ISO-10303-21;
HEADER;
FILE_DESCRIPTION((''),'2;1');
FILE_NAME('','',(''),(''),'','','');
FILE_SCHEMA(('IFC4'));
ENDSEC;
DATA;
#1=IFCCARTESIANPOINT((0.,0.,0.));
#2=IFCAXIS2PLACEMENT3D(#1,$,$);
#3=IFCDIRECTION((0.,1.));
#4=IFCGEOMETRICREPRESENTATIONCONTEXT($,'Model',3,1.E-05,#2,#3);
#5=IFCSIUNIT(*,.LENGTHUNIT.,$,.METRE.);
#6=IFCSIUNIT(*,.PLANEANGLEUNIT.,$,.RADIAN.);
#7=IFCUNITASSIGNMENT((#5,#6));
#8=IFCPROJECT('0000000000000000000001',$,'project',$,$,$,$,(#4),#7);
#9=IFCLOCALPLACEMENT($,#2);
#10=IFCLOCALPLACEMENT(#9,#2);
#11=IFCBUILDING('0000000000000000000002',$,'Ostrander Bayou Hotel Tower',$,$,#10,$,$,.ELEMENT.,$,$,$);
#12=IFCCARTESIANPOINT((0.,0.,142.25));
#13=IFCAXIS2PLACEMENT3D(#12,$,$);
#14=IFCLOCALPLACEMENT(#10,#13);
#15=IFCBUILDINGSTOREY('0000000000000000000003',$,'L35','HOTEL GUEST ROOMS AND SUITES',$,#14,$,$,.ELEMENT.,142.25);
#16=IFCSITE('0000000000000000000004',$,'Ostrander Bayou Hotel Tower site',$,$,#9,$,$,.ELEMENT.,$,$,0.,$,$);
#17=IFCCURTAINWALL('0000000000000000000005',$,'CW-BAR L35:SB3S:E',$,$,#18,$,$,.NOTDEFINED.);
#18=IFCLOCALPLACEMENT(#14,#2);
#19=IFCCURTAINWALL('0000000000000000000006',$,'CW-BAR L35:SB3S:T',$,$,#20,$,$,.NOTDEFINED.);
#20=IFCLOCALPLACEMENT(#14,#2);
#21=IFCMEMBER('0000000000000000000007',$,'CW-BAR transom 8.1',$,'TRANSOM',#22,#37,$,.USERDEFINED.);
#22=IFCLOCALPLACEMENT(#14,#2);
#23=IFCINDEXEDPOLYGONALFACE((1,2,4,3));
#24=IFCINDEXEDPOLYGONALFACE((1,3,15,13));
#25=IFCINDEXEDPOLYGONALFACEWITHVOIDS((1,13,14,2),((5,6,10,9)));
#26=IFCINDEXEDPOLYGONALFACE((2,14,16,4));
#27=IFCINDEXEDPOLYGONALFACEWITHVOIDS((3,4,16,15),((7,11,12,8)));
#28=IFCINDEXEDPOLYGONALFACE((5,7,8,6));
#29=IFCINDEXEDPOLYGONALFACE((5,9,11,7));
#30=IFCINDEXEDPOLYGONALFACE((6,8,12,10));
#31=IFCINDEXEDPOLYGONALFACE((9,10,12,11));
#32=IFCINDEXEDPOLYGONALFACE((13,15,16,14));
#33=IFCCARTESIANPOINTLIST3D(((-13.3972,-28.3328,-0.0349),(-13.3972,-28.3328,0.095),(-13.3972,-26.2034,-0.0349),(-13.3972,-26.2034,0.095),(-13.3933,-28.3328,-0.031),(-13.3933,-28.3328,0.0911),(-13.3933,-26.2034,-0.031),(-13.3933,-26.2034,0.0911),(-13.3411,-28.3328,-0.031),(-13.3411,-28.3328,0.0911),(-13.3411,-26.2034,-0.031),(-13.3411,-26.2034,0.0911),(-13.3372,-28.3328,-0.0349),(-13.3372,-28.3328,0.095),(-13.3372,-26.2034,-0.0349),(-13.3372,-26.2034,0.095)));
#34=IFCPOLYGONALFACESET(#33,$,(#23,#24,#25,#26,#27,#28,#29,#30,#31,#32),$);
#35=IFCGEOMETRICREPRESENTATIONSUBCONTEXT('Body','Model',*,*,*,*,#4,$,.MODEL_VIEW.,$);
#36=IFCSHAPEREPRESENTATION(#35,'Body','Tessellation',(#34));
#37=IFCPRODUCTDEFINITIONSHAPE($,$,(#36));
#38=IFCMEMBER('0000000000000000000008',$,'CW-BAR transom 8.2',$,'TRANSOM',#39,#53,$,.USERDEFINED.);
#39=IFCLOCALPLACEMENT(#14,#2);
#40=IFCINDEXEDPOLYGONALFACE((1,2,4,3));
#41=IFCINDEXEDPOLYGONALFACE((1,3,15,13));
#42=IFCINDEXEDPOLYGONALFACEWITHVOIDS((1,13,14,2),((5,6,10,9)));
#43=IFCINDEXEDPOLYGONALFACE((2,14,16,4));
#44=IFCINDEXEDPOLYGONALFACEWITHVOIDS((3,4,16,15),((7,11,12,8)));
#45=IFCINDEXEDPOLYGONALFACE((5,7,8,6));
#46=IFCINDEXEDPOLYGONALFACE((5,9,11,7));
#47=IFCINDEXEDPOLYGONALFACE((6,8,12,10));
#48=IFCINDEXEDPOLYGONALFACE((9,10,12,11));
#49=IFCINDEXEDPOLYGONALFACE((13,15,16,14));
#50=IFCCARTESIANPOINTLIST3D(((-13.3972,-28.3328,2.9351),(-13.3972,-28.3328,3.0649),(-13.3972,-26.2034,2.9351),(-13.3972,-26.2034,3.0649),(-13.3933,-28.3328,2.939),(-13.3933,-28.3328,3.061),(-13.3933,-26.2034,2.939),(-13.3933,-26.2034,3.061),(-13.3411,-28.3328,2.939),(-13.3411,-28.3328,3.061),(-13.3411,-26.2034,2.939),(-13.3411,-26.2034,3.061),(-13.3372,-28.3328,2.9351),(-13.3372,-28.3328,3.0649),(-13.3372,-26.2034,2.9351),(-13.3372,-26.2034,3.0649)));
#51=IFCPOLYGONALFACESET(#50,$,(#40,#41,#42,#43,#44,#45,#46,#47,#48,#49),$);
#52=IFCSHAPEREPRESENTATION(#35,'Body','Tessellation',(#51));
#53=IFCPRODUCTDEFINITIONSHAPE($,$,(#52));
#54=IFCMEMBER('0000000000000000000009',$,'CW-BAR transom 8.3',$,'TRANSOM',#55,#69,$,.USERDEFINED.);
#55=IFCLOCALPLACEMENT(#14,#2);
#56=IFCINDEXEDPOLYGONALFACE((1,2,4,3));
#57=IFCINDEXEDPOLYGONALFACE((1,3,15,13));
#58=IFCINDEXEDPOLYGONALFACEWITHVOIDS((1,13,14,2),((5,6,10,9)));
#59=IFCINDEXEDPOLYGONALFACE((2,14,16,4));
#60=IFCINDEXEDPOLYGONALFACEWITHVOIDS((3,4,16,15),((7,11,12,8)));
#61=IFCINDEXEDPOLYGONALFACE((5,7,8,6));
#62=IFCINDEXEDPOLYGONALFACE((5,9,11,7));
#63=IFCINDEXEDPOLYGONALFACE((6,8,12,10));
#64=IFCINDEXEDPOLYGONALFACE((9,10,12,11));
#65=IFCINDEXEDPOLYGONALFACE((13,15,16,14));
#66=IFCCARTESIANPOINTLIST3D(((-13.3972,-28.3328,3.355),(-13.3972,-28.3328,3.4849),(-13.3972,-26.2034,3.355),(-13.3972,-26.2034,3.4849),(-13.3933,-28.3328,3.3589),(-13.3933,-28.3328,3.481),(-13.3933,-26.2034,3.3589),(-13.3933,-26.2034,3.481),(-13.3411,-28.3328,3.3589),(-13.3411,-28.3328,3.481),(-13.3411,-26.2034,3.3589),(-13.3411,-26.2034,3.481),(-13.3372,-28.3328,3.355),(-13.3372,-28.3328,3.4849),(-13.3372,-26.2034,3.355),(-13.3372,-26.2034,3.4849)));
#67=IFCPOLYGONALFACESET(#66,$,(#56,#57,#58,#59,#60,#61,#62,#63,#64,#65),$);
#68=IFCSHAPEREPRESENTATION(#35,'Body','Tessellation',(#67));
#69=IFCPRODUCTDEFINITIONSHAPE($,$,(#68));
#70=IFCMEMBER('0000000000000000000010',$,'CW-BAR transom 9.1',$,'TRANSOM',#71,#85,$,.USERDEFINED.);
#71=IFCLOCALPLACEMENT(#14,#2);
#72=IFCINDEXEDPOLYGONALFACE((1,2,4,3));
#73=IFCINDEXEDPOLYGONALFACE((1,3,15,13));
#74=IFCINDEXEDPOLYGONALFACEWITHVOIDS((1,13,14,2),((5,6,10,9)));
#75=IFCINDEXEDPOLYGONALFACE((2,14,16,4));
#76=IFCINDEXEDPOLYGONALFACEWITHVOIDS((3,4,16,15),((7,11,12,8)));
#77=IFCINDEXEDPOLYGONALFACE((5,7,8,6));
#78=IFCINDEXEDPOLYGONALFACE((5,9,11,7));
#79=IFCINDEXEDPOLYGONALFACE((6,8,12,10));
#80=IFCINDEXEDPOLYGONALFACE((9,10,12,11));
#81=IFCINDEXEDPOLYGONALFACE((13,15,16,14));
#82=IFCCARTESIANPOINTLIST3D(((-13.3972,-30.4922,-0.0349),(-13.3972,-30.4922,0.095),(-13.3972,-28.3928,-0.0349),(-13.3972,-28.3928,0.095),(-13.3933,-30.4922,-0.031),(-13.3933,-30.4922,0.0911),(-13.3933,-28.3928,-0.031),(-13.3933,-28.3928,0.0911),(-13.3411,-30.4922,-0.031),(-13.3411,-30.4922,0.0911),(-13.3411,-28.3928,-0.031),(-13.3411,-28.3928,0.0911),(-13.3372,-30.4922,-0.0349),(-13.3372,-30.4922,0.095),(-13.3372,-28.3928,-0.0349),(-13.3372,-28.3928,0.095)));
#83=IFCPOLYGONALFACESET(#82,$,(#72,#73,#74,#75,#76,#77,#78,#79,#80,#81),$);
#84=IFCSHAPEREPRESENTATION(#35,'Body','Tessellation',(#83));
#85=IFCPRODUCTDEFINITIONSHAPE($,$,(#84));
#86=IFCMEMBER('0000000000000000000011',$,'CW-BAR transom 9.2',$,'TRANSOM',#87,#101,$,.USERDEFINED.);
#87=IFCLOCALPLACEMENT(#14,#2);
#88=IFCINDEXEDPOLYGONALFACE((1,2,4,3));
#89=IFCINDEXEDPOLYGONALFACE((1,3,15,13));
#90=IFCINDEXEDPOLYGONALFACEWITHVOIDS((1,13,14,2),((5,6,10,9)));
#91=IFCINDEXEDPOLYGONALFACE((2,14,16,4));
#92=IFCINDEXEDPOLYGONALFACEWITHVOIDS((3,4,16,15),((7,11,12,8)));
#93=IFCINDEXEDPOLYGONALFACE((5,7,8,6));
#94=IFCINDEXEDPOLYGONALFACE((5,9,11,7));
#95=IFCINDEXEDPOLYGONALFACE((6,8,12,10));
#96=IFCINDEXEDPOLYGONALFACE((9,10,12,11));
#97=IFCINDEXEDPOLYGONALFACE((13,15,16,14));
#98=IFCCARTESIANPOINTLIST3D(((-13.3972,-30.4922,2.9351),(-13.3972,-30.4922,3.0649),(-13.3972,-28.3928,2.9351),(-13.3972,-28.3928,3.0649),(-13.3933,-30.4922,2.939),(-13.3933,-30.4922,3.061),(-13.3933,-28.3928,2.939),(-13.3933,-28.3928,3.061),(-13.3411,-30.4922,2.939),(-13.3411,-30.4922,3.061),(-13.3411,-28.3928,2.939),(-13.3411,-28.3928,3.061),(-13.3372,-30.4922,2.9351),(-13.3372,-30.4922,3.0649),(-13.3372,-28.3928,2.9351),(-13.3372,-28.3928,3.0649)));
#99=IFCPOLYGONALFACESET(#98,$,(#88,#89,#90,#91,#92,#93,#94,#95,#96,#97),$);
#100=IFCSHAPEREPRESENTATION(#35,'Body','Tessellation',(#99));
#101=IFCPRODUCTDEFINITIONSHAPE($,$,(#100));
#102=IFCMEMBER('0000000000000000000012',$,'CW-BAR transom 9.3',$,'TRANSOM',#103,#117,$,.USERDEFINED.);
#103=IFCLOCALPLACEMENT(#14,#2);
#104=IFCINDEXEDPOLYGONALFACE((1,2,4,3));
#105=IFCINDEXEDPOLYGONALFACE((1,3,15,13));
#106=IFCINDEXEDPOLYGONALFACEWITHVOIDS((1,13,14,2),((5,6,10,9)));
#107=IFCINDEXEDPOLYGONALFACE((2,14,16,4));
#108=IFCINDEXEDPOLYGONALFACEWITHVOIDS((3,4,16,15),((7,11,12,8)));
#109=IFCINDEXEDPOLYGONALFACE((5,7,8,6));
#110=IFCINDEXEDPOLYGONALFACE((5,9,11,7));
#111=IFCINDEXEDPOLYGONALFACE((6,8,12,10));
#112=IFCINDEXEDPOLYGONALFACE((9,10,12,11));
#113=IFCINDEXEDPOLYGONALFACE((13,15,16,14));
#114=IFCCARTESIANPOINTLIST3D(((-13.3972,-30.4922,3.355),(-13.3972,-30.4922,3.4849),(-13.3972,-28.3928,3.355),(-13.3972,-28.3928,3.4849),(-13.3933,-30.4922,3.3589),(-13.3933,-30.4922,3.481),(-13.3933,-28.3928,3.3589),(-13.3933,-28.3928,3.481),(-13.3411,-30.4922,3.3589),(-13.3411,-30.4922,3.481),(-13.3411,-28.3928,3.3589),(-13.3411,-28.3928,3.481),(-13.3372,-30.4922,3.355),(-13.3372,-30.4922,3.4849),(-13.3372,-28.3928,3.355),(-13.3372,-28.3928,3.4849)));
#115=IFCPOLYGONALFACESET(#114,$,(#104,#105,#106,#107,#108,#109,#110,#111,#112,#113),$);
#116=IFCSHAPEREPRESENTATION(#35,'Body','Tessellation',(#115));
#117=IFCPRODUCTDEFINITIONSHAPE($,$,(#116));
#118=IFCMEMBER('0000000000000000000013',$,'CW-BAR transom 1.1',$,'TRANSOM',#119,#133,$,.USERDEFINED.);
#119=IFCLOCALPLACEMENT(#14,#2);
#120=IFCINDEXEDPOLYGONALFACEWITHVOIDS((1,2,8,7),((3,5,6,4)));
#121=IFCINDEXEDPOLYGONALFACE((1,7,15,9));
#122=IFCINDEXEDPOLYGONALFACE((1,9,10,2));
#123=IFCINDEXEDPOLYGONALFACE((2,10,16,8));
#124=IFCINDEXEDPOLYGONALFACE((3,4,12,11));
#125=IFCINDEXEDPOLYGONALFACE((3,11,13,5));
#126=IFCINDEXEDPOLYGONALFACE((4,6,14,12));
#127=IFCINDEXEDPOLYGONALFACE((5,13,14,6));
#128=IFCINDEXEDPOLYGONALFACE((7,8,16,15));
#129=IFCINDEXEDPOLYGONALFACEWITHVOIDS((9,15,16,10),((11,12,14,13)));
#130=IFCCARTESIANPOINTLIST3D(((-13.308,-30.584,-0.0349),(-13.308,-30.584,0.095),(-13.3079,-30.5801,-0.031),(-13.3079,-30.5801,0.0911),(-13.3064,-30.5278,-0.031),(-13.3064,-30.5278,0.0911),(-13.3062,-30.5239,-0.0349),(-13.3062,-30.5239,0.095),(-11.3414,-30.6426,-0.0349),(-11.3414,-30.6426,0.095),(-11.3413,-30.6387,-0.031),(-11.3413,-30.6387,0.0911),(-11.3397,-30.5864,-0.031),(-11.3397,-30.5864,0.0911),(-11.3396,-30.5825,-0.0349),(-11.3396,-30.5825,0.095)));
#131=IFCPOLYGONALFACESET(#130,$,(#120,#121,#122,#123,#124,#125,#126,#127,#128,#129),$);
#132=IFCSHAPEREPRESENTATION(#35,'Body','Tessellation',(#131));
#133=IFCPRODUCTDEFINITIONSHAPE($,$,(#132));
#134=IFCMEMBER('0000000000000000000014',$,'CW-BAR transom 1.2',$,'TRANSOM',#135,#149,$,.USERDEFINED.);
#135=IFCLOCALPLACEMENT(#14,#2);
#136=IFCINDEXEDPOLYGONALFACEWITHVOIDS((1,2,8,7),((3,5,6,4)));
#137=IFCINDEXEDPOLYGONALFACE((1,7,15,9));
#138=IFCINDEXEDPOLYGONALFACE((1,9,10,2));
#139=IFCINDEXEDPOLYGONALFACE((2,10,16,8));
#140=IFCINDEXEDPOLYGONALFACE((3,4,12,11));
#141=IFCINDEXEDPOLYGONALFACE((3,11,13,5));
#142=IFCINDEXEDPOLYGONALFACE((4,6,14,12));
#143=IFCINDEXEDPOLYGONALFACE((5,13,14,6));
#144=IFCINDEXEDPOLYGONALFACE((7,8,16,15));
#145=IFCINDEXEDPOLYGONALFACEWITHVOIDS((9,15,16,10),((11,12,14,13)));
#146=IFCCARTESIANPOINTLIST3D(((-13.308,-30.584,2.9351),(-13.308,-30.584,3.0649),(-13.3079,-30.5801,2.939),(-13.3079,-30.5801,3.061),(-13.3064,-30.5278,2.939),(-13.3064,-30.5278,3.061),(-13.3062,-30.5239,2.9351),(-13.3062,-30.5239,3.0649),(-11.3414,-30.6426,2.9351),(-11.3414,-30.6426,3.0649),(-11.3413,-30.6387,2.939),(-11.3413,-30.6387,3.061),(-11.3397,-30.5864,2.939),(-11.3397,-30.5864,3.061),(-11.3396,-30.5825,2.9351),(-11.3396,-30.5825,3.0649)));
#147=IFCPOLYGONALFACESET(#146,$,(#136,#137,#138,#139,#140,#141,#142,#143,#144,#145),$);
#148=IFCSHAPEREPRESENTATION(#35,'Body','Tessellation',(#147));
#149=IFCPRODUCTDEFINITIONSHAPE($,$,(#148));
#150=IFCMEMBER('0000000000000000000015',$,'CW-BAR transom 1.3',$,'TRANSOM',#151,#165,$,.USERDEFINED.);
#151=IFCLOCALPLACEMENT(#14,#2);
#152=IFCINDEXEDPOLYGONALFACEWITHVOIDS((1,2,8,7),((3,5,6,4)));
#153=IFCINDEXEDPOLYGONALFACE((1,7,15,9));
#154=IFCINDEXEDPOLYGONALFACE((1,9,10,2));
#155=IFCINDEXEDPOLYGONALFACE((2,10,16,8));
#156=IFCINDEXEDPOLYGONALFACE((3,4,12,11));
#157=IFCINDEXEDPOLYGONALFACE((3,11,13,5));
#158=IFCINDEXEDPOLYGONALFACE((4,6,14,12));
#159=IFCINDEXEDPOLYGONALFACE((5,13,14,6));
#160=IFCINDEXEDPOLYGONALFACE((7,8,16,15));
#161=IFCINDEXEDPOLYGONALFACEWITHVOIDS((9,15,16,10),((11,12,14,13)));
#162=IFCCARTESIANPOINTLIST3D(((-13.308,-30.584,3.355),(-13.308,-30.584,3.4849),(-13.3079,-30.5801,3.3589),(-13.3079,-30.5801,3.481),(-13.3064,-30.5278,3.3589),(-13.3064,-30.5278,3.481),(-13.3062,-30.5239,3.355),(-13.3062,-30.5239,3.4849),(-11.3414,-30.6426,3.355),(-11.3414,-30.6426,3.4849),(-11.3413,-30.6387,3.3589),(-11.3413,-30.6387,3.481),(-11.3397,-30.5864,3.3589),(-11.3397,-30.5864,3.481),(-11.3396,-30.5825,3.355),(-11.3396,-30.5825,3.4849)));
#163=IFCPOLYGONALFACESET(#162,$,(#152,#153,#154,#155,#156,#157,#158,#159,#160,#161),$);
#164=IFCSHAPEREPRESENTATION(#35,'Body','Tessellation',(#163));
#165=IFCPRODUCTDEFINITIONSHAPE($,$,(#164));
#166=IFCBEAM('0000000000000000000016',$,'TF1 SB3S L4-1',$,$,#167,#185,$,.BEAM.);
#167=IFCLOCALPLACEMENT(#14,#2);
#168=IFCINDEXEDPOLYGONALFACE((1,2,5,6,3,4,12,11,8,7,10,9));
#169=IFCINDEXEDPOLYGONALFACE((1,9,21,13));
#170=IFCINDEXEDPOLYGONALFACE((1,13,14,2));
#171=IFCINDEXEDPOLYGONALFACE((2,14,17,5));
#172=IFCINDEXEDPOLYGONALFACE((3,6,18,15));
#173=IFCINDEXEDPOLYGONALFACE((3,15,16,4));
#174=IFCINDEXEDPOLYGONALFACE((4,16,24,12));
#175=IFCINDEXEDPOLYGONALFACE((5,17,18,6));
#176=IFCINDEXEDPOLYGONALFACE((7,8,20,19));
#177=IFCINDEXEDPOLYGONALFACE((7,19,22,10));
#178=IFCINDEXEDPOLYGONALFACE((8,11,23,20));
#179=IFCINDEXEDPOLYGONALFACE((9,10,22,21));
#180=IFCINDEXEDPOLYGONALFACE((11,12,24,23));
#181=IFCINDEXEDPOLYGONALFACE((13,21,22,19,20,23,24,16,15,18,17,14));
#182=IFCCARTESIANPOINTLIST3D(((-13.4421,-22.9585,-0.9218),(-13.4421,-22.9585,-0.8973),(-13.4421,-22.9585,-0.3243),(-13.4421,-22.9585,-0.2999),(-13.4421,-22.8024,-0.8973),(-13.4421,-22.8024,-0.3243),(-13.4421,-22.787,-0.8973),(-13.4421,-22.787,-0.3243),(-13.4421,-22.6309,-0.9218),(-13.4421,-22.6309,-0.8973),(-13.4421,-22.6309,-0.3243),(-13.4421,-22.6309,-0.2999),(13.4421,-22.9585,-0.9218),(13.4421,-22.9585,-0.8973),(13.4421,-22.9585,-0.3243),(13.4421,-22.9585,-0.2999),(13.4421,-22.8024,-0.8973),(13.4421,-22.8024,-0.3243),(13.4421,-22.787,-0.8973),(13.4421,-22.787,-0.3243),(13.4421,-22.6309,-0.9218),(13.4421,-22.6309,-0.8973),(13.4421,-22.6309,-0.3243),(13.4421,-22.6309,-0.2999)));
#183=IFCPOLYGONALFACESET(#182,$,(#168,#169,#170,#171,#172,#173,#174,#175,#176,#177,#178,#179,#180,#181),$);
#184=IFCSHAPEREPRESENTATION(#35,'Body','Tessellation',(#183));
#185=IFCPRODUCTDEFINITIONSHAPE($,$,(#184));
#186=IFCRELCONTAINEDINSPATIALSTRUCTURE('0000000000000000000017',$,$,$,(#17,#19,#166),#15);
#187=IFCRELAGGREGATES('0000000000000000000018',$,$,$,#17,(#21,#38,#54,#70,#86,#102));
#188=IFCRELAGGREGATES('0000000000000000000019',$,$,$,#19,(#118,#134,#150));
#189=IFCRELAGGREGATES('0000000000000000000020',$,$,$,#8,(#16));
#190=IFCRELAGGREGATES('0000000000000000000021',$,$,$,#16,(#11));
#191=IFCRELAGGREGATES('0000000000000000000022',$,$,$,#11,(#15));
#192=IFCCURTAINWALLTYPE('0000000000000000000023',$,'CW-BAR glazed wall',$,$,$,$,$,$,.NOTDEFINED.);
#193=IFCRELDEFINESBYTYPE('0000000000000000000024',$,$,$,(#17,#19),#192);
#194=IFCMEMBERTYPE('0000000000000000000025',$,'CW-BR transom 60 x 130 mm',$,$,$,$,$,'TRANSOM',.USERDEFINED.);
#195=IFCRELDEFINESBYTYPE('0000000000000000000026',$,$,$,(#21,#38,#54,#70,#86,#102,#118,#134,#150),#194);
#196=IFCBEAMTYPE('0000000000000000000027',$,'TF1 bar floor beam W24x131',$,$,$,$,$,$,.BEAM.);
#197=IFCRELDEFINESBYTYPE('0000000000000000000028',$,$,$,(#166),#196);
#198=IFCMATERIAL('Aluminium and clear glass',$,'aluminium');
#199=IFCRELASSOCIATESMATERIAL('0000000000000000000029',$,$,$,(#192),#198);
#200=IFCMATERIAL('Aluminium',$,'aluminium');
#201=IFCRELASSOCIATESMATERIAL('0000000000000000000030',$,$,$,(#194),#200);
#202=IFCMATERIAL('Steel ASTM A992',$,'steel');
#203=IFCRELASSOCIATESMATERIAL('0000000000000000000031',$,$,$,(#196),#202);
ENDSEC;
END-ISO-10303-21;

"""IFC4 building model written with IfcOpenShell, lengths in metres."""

from ifc_helpers import new_model, si_unit, direction, frame, origin, origin_2d, place, context, subcontext, project, spatial, hollow_rectangle, i_section, extrude, material, material_profile, profile_set, type_object, element, aggregate, save


model = new_model("IFC4")

# Units and contexts
model_context = context("Model", 3, precision=1e-05, world=origin(), true_north=direction((0.0, 1.0)))
body_context = subcontext(model_context, "Body", "Model", "MODEL_VIEW")
ifc_project = project(units=[si_unit("LENGTHUNIT", "METRE"), si_unit("PLANEANGLEUNIT", "RADIAN")], contexts=[model_context])

# Site, building, storey
site_placement = place(None, origin())
site = spatial("IfcSite", under=ifc_project, at=site_placement, Name="Ostrander Bayou Hotel Tower site", CompositionType="ELEMENT", RefElevation=0.0)
building_placement = place(site_placement, origin())
building = spatial("IfcBuilding", under=site, at=building_placement, Name="Ostrander Bayou Hotel Tower", CompositionType="ELEMENT")
storey_placement = place(building_placement, frame((0.0, 0.0, 142.25)))
storey = spatial("IfcBuildingStorey", under=building, at=storey_placement, Name="L35", Description="HOTEL GUEST ROOMS AND SUITES", CompositionType="ELEMENT", Elevation=142.25)

# Curtain wall
ifc_material_1 = material(Name="Aluminium and clear glass", Category="aluminium")
curtain_wall_type = type_object("IfcCurtainWallType", Name="CW-BAR glazed wall", PredefinedType="NOTDEFINED", material=ifc_material_1)
curtain_wall_1_placement = place(storey_placement, origin())
curtain_wall_1 = element("IfcCurtainWall", 1, at=curtain_wall_1_placement, inside=storey, type_object=curtain_wall_type, Name="CW-BAR L35:SB3S:E", PredefinedType="NOTDEFINED")

# Curtain wall
curtain_wall_2_placement = place(storey_placement, origin())
curtain_wall_2 = element("IfcCurtainWall", 2, at=curtain_wall_2_placement, inside=storey, type_object=curtain_wall_type, Name="CW-BAR L35:SB3S:T", PredefinedType="NOTDEFINED")

# Members
ifc_material_2 = material(Name="Aluminium", Category="aluminium")
ifc_material_profile_1 = material_profile(ifc_material_2, hollow_rectangle(XDim=0.0601, YDim=0.1299, WallThickness=0.0039, at=origin_2d()))
ifc_profile_set_1 = profile_set([ifc_material_profile_1], Name="Aluminium")
member_type_1 = type_object("IfcMemberType", Name="CW-BR transom 60 x 130 mm", ElementType="TRANSOM", PredefinedType="USERDEFINED", material=ifc_profile_set_1)
member_1_placement = place(storey_placement, frame((-13.3672, -26.2034, 0.03), z_axis=(0.0, -1.0, 0.0), x_axis=(1.0, 0.0, 0.0)))
member_1 = element("IfcMember", 3, at=member_1_placement, type_object=member_type_1, Name="CW-BAR transom 8.1", ObjectType="TRANSOM", PredefinedType="USERDEFINED", context=body_context, shape_type="SweptSolid", body=[
    extrude(hollow_rectangle(XDim=0.0601, YDim=0.1299, WallThickness=0.0039, at=origin_2d()), origin(), (0.0, 0.0, 1.0), 2.1294),
])
member_2_placement = place(storey_placement, frame((-13.3672, -26.2034, 3.0), z_axis=(0.0, -1.0, 0.0), x_axis=(1.0, 0.0, 0.0)))
member_2 = element("IfcMember", 4, at=member_2_placement, type_object=member_type_1, Name="CW-BAR transom 8.2", ObjectType="TRANSOM", PredefinedType="USERDEFINED", context=body_context, shape_type="SweptSolid", body=[
    extrude(hollow_rectangle(XDim=0.0601, YDim=0.1299, WallThickness=0.0039, at=origin_2d()), origin(), (0.0, 0.0, 1.0), 2.1294),
])
member_3_placement = place(storey_placement, frame((-13.3672, -26.2034, 3.4199), z_axis=(0.0, -1.0, 0.0), x_axis=(1.0, 0.0, 0.0)))
member_3 = element("IfcMember", 5, at=member_3_placement, type_object=member_type_1, Name="CW-BAR transom 8.3", ObjectType="TRANSOM", PredefinedType="USERDEFINED", context=body_context, shape_type="SweptSolid", body=[
    extrude(hollow_rectangle(XDim=0.0601, YDim=0.1299, WallThickness=0.0039, at=origin_2d()), origin(), (0.0, 0.0, 1.0), 2.1294),
])
member_4_placement = place(storey_placement, frame((-13.3672, -28.3928, 0.03), z_axis=(0.0, -1.0, 0.0), x_axis=(1.0, 0.0, 0.0)))
member_4 = element("IfcMember", 6, at=member_4_placement, type_object=member_type_1, Name="CW-BAR transom 9.1", ObjectType="TRANSOM", PredefinedType="USERDEFINED", context=body_context, shape_type="SweptSolid", body=[
    extrude(hollow_rectangle(XDim=0.0601, YDim=0.1299, WallThickness=0.0039, at=origin_2d()), origin(), (0.0, 0.0, 1.0), 2.0994),
])
member_5_placement = place(storey_placement, frame((-13.3672, -28.3928, 3.0), z_axis=(0.0, -1.0, 0.0), x_axis=(1.0, 0.0, 0.0)))
member_5 = element("IfcMember", 7, at=member_5_placement, type_object=member_type_1, Name="CW-BAR transom 9.2", ObjectType="TRANSOM", PredefinedType="USERDEFINED", context=body_context, shape_type="SweptSolid", body=[
    extrude(hollow_rectangle(XDim=0.0601, YDim=0.1299, WallThickness=0.0039, at=origin_2d()), origin(), (0.0, 0.0, 1.0), 2.0994),
])
member_6_placement = place(storey_placement, frame((-13.3672, -28.3928, 3.4199), z_axis=(0.0, -1.0, 0.0), x_axis=(1.0, 0.0, 0.0)))
member_6 = element("IfcMember", 8, at=member_6_placement, type_object=member_type_1, Name="CW-BAR transom 9.3", ObjectType="TRANSOM", PredefinedType="USERDEFINED", context=body_context, shape_type="SweptSolid", body=[
    extrude(hollow_rectangle(XDim=0.0601, YDim=0.1299, WallThickness=0.0039, at=origin_2d()), origin(), (0.0, 0.0, 1.0), 2.0994),
])
member_7_placement = place(storey_placement, frame((-13.3071, -30.554, 0.03), z_axis=(0.999556, -0.029782, 0.0), x_axis=(0.029782, 0.999556, 0.0)))
member_7 = element("IfcMember", 9, at=member_7_placement, type_object=member_type_1, Name="CW-BAR transom 1.1", ObjectType="TRANSOM", PredefinedType="USERDEFINED", context=body_context, shape_type="SweptSolid", body=[
    extrude(hollow_rectangle(XDim=0.0601, YDim=0.1299, WallThickness=0.0039, at=origin_2d()), origin(), (0.0, 0.0, 1.0), 1.9675),
])
member_8_placement = place(storey_placement, frame((-13.3071, -30.554, 3.0), z_axis=(0.999556, -0.029782, 0.0), x_axis=(0.029782, 0.999556, 0.0)))
member_8 = element("IfcMember", 10, at=member_8_placement, type_object=member_type_1, Name="CW-BAR transom 1.2", ObjectType="TRANSOM", PredefinedType="USERDEFINED", context=body_context, shape_type="SweptSolid", body=[
    extrude(hollow_rectangle(XDim=0.0601, YDim=0.1299, WallThickness=0.0039, at=origin_2d()), origin(), (0.0, 0.0, 1.0), 1.9675),
])
member_9_placement = place(storey_placement, frame((-13.3071, -30.554, 3.4199), z_axis=(0.999556, -0.029782, 0.0), x_axis=(0.029782, 0.999556, 0.0)))
member_9 = element("IfcMember", 11, at=member_9_placement, type_object=member_type_1, Name="CW-BAR transom 1.3", ObjectType="TRANSOM", PredefinedType="USERDEFINED", context=body_context, shape_type="SweptSolid", body=[
    extrude(hollow_rectangle(XDim=0.0601, YDim=0.1299, WallThickness=0.0039, at=origin_2d()), origin(), (0.0, 0.0, 1.0), 1.9675),
])

# Beam
ifc_material_3 = material(Name="Steel ASTM A992", Category="steel")
ifc_material_profile_2 = material_profile(ifc_material_3, i_section(OverallWidth=0.3276, OverallDepth=0.6218, WebThickness=0.0154, FlangeThickness=0.0244, at=origin_2d()))
ifc_profile_set_2 = profile_set([ifc_material_profile_2], Name="Steel ASTM A992")
beam_type = type_object("IfcBeamType", Name="TF1 bar floor beam W24x131", PredefinedType="BEAM", material=ifc_profile_set_2)
for number, where, z_axis, x_axis, name in (
    (12, (-13.4421, -22.7947, -0.6108), (1.0, 0.0, 0.0), (0.0, 1.0, 0.0), "TF1 SB3S L4-1"),
):
    element("IfcBeam", number, at=place(storey_placement, frame(where, z_axis=z_axis, x_axis=x_axis)), inside=storey, type_object=beam_type, Name=name, PredefinedType="BEAM", context=body_context, shape_type="SweptSolid", body=[
        extrude(i_section(OverallWidth=0.3276, OverallDepth=0.6218, WebThickness=0.0154, FlangeThickness=0.0244, at=origin_2d()), origin(), (0.0, 0.0, 1.0), 26.8843),
    ])

aggregate(curtain_wall_1, [member_1, member_2, member_3, member_4, member_5, member_6])
aggregate(curtain_wall_2, [member_7, member_8, member_9])

save(model, "model.ifc")
